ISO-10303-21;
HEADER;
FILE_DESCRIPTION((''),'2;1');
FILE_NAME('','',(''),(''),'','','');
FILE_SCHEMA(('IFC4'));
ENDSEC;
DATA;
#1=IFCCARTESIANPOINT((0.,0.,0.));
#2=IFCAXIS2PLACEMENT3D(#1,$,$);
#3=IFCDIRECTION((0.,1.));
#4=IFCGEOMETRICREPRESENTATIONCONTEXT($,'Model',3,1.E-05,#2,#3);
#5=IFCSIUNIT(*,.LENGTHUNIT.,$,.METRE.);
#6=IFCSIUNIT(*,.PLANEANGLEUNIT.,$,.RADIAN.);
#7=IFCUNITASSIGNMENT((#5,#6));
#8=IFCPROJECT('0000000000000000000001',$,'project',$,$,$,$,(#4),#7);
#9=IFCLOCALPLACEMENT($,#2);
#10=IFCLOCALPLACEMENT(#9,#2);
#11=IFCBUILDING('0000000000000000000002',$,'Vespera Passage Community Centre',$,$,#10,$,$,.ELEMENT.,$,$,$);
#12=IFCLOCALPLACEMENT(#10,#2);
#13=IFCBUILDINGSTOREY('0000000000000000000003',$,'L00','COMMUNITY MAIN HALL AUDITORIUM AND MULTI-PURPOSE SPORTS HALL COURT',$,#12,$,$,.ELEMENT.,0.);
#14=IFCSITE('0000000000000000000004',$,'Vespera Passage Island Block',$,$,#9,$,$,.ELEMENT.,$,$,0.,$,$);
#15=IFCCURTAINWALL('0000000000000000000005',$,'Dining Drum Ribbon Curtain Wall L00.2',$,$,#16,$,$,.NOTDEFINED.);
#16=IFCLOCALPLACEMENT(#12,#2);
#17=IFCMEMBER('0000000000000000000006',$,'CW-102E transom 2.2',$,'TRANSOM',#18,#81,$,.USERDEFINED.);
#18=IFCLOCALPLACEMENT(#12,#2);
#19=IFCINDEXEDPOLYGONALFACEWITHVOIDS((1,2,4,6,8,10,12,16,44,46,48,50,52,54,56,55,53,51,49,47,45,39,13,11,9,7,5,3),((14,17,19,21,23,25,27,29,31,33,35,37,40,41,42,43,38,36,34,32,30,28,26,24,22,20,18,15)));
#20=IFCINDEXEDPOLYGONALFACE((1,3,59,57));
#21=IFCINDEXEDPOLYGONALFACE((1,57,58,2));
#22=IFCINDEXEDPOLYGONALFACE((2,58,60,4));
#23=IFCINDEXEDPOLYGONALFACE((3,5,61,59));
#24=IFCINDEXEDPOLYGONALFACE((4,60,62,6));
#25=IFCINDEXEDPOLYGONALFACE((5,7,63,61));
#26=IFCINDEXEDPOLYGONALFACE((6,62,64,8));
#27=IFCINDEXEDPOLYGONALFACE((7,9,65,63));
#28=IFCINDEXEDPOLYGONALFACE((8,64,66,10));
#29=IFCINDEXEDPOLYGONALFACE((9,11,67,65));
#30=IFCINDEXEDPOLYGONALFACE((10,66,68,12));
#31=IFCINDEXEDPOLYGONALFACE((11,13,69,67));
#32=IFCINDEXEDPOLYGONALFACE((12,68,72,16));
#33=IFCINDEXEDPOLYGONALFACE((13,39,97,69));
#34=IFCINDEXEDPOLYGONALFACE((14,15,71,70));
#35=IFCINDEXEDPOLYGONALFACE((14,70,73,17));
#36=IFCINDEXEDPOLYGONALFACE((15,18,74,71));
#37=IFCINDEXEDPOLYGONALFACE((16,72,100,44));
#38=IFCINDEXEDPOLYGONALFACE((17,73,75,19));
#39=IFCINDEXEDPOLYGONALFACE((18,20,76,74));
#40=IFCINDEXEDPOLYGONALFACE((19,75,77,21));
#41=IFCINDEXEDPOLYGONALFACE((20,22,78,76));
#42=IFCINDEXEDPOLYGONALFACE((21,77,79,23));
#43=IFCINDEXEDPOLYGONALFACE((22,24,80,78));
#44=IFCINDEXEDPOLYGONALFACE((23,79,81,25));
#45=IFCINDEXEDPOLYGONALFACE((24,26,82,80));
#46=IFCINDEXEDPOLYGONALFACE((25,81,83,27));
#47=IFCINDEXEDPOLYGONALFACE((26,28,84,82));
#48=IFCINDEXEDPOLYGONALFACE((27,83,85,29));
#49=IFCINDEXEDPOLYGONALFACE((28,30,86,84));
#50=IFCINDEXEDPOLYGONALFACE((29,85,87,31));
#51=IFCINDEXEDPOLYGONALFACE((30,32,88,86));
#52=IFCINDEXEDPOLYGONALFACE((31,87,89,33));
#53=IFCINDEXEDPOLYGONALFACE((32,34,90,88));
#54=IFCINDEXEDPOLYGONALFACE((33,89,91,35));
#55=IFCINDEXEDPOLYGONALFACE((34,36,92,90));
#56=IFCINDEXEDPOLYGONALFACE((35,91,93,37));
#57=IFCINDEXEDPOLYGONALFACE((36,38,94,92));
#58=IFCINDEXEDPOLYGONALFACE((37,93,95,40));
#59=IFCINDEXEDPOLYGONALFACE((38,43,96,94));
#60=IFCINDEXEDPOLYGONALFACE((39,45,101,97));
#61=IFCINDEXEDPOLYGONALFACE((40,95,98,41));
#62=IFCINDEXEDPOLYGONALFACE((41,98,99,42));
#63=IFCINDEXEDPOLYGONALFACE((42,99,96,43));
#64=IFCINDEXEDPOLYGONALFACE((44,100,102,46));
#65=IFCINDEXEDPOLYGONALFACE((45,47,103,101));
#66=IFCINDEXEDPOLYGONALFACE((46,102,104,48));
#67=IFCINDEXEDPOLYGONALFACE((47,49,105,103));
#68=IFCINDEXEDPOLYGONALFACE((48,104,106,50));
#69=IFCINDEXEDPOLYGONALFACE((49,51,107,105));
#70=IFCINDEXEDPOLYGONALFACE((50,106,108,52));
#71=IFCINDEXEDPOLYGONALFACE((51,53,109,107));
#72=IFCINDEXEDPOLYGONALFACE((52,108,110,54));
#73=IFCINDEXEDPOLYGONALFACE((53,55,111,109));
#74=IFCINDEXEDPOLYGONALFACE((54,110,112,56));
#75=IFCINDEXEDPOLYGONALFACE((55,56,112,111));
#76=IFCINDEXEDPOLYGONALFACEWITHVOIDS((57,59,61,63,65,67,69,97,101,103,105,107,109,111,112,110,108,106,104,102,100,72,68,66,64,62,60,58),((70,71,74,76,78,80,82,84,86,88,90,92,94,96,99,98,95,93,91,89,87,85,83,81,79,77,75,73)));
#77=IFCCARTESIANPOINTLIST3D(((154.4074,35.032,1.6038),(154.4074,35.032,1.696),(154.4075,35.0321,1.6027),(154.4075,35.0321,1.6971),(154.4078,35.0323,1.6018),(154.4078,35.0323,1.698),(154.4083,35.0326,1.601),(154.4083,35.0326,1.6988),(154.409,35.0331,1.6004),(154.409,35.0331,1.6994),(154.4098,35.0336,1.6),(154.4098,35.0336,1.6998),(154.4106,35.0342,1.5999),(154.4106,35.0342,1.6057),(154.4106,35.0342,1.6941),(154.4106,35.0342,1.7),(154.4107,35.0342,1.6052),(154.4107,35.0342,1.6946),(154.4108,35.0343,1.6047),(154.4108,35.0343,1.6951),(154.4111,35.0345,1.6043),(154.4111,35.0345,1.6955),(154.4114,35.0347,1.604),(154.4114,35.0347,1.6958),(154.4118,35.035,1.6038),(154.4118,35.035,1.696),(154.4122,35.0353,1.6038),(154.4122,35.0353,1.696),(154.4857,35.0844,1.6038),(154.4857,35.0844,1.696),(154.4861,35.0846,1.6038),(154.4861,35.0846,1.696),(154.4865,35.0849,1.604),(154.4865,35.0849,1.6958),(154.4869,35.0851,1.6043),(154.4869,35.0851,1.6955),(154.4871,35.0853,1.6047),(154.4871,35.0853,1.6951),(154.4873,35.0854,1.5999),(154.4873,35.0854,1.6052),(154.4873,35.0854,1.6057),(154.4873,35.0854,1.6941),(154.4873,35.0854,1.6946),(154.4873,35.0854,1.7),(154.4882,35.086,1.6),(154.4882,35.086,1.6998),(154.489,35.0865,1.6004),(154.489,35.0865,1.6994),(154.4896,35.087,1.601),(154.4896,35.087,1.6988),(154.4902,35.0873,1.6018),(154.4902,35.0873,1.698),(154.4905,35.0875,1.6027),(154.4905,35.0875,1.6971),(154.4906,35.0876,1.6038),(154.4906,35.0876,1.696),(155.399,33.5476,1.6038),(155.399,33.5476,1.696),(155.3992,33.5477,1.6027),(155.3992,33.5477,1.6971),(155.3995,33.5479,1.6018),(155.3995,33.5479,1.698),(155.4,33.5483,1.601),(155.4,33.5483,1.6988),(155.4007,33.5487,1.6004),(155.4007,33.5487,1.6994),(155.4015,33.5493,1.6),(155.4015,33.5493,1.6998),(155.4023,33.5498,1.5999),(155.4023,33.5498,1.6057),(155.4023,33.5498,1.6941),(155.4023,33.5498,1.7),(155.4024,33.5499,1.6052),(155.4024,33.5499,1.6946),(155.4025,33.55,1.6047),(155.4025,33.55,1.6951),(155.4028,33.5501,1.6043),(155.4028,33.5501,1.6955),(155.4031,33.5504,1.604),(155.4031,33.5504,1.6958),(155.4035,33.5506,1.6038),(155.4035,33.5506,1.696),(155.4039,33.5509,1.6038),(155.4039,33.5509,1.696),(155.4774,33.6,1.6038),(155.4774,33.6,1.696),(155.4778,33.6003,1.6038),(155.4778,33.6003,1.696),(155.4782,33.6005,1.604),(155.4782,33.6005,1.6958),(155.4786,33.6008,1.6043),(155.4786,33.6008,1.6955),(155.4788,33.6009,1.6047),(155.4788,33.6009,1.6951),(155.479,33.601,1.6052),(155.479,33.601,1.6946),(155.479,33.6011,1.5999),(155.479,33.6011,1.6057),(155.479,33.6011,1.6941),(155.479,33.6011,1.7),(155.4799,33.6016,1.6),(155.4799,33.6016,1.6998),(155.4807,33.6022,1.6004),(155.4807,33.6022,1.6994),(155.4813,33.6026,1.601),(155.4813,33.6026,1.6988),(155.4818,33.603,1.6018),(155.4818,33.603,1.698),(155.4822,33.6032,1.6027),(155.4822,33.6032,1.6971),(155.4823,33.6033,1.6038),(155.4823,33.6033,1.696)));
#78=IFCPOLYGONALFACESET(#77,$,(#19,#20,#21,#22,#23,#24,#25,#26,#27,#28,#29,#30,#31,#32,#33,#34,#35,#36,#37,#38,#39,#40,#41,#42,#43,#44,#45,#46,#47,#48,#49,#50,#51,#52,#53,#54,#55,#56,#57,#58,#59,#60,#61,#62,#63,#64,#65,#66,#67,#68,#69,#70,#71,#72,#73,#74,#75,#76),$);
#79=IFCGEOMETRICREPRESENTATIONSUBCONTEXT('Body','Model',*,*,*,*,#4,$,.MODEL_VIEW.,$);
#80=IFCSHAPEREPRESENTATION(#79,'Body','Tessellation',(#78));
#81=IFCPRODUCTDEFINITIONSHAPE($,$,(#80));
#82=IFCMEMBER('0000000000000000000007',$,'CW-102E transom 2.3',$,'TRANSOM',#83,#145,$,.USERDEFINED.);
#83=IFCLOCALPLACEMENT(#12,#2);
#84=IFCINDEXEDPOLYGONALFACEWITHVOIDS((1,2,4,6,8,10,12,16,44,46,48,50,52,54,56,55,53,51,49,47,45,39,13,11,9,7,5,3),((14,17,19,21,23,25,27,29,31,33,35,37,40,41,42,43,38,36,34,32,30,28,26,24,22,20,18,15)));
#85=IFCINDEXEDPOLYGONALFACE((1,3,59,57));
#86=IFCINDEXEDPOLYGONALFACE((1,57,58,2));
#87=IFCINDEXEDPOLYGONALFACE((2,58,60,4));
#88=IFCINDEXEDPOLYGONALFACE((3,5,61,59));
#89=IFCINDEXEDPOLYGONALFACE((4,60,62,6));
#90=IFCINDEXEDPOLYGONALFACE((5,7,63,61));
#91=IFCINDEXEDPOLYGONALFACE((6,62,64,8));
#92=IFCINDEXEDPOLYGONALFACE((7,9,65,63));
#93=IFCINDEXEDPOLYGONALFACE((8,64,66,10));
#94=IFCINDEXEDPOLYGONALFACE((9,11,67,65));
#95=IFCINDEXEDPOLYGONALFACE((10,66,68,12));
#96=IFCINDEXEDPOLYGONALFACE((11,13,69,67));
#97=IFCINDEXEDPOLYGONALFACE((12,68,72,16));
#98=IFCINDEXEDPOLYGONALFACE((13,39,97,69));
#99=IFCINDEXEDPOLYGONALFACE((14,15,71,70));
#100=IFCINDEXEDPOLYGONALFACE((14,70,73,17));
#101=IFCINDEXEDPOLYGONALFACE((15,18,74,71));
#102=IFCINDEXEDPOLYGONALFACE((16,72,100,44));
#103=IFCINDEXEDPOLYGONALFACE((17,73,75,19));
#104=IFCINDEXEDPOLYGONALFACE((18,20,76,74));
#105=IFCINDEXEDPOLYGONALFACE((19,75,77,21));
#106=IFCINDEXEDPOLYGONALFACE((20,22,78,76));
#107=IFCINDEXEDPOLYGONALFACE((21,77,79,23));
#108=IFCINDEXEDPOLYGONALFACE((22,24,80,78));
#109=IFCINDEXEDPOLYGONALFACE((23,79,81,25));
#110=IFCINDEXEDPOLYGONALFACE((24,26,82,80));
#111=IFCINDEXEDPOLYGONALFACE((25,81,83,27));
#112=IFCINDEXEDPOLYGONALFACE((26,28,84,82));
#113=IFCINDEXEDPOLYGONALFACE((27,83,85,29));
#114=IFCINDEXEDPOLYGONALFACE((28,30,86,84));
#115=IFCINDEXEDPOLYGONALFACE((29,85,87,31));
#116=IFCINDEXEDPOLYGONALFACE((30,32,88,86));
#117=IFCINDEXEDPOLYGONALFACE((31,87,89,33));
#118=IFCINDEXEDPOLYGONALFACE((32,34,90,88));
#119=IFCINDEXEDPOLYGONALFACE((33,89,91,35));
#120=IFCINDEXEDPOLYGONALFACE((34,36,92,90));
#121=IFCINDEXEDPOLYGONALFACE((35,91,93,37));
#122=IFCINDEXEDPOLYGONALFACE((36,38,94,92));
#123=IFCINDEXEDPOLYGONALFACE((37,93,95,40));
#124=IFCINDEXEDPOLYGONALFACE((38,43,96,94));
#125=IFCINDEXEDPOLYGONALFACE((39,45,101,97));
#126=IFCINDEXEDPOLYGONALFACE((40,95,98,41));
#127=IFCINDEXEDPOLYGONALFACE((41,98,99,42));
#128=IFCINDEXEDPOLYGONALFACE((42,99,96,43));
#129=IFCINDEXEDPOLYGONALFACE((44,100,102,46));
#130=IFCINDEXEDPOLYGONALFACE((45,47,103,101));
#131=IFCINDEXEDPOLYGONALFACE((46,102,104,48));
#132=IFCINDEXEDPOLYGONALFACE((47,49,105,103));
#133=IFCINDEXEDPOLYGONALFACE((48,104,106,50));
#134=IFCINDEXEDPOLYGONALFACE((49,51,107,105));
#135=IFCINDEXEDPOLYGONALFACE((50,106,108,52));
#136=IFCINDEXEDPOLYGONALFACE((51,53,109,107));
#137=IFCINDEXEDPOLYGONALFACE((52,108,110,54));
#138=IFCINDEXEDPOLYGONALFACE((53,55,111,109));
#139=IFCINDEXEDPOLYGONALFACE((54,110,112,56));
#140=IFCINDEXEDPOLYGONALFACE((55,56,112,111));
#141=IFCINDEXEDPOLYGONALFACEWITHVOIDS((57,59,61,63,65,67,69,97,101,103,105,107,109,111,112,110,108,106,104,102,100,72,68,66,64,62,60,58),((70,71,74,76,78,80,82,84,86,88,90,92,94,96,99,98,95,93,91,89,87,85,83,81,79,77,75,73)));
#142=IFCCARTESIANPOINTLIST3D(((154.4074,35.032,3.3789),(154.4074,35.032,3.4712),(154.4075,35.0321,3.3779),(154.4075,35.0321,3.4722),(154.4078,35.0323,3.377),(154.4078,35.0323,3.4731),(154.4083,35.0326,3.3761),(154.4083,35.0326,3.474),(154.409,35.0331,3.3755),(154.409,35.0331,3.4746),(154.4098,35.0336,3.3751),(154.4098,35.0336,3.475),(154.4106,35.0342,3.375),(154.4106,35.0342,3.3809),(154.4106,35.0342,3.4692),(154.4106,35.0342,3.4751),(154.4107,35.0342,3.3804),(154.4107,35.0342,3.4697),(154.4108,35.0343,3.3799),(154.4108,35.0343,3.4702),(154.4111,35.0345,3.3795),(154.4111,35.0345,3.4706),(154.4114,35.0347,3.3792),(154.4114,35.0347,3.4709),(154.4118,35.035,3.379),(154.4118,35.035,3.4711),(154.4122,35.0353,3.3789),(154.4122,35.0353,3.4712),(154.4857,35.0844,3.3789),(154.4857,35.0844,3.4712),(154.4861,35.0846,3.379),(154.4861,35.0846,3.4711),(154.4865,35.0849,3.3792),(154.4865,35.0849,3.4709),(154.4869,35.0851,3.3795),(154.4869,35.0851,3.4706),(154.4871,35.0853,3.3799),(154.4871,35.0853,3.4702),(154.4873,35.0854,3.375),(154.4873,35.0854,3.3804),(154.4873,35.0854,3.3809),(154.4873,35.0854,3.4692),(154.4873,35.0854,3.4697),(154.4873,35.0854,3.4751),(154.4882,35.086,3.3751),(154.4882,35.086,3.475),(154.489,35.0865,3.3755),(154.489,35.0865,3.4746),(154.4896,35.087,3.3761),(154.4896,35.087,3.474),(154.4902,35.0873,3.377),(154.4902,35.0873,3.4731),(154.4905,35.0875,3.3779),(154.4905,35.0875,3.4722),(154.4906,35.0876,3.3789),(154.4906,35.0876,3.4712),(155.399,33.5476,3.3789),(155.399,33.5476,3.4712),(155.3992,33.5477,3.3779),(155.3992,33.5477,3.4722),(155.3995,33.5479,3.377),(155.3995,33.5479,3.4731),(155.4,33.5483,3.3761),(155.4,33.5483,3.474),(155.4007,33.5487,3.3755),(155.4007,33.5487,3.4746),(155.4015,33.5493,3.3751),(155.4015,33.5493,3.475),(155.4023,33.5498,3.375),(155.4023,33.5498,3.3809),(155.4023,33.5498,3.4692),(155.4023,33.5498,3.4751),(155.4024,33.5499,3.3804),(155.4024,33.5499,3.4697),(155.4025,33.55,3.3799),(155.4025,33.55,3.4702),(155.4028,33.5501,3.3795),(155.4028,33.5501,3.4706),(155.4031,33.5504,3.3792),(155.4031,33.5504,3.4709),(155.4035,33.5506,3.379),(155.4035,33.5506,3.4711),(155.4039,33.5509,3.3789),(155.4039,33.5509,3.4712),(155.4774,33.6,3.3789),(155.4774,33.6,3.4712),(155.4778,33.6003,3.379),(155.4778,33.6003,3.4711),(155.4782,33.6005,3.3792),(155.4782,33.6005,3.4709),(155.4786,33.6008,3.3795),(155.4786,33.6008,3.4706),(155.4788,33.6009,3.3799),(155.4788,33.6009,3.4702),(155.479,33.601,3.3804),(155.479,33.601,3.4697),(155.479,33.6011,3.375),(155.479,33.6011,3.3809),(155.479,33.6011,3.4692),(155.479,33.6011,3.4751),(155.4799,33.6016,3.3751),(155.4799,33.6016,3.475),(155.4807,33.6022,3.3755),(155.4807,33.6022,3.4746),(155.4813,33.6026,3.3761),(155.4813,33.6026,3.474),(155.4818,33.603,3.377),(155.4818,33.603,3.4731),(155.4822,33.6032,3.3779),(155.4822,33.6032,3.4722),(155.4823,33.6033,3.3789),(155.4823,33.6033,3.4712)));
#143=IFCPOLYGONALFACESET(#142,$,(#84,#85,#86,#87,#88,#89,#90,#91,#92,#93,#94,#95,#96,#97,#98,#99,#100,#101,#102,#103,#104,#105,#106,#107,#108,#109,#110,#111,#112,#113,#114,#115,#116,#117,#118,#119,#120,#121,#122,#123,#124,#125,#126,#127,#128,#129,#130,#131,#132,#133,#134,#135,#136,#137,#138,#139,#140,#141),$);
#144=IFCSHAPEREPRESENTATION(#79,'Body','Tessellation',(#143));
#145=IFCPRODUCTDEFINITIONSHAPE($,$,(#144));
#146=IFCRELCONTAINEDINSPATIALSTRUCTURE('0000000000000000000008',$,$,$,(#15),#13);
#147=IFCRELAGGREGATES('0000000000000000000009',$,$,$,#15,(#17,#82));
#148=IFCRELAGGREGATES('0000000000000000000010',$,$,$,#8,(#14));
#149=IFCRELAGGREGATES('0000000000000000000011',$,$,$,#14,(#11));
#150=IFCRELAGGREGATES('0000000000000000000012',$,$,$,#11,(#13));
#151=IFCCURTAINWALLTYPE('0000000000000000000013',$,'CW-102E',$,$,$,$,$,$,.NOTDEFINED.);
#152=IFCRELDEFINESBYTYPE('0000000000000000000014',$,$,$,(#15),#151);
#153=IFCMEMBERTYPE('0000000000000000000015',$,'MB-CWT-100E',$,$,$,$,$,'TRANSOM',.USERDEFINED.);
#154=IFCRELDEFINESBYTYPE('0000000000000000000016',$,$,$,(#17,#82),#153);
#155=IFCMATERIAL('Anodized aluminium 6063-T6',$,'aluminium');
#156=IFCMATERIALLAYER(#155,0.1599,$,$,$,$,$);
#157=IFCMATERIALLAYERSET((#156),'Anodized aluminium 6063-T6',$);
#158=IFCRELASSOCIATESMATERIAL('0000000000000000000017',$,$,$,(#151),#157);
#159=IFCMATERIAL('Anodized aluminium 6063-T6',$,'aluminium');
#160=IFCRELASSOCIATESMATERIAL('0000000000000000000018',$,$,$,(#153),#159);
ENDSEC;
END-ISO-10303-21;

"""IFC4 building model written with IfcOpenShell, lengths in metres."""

from ifc_helpers import new_model, si_unit, direction, frame, origin, origin_2d, place, context, subcontext, project, spatial, hollow_rectangle, extrude, material, layer, layer_set, material_profile, profile_set, type_object, element, aggregate, save


model = new_model("IFC4")

# Units and contexts
model_context = context("Model", 3, precision=1e-05, world=origin(), true_north=direction((0.0, 1.0)))
body_context = subcontext(model_context, "Body", "Model", "MODEL_VIEW")
ifc_project = project(units=[si_unit("LENGTHUNIT", "METRE"), si_unit("PLANEANGLEUNIT", "RADIAN")], contexts=[model_context])

# Site, building, storey
site_placement = place(None, origin())
site = spatial("IfcSite", under=ifc_project, at=site_placement, Name="Vespera Passage Island Block", CompositionType="ELEMENT", RefElevation=0.0)
building_placement = place(site_placement, origin())
building = spatial("IfcBuilding", under=site, at=building_placement, Name="Vespera Passage Community Centre", CompositionType="ELEMENT")
storey_placement = place(building_placement, origin())
storey = spatial("IfcBuildingStorey", under=building, at=storey_placement, Name="L00", Description="COMMUNITY MAIN HALL AUDITORIUM AND MULTI-PURPOSE SPORTS HALL COURT", CompositionType="ELEMENT", Elevation=0.0)

# Curtain wall
ifc_material_1 = material(Name="Anodized aluminium 6063-T6", Category="aluminium")
ifc_layer_1 = layer(ifc_material_1, 0.1599)
ifc_layer_set_1 = layer_set([ifc_layer_1], Name="Anodized aluminium 6063-T6")
curtain_wall_type_1 = type_object("IfcCurtainWallType", Name="CW-102E", PredefinedType="NOTDEFINED", material=ifc_layer_set_1)
curtain_wall_1_placement = place(storey_placement, origin())
curtain_wall_1 = element("IfcCurtainWall", 1, at=curtain_wall_1_placement, inside=storey, type_object=curtain_wall_type_1, Name="Dining Drum Ribbon Curtain Wall L00.2", PredefinedType="NOTDEFINED")

# Members
ifc_material_2 = material(Name="Anodized aluminium 6063-T6", Category="aluminium")
ifc_material_profile_1 = material_profile(ifc_material_2, hollow_rectangle(XDim=0.1001, YDim=0.1001, WallThickness=0.0039, InnerFilletRadius=0.002, OuterFilletRadius=0.0039, at=origin_2d()), Name="ALU100X100X4")
ifc_profile_set_1 = profile_set([ifc_material_profile_1], Name="Anodized aluminium 6063-T6")
member_type_1 = type_object("IfcMemberType", Name="MB-CWT-100E", ElementType="TRANSOM", PredefinedType="USERDEFINED", material=ifc_profile_set_1)
member_1_placement = place(storey_placement, frame((154.449, 35.0598, 1.6499), z_axis=(0.55552, -0.831503, 0.0), x_axis=(0.831503, 0.55552, 0.0)))
member_1 = element("IfcMember", 2, at=member_1_placement, type_object=member_type_1, Name="CW-102E transom 2.2", ObjectType="TRANSOM", PredefinedType="USERDEFINED", context=body_context, shape_type="SweptSolid", body=[
    extrude(hollow_rectangle(XDim=0.1001, YDim=0.1001, WallThickness=0.0039, InnerFilletRadius=0.002, OuterFilletRadius=0.0039, at=origin_2d()), origin(), (0.0, 0.0, 1.0), 1.7852),
])
member_2_placement = place(storey_placement, frame((154.449, 35.0598, 3.425), z_axis=(0.55552, -0.831503, 0.0), x_axis=(0.831503, 0.55552, 0.0)))
member_2 = element("IfcMember", 3, at=member_2_placement, type_object=member_type_1, Name="CW-102E transom 2.3", ObjectType="TRANSOM", PredefinedType="USERDEFINED", context=body_context, shape_type="SweptSolid", body=[
    extrude(hollow_rectangle(XDim=0.1001, YDim=0.1001, WallThickness=0.0039, InnerFilletRadius=0.002, OuterFilletRadius=0.0039, at=origin_2d()), origin(), (0.0, 0.0, 1.0), 1.7852),
])

aggregate(curtain_wall_1, [member_1, member_2])

save(model, "model.ifc")
